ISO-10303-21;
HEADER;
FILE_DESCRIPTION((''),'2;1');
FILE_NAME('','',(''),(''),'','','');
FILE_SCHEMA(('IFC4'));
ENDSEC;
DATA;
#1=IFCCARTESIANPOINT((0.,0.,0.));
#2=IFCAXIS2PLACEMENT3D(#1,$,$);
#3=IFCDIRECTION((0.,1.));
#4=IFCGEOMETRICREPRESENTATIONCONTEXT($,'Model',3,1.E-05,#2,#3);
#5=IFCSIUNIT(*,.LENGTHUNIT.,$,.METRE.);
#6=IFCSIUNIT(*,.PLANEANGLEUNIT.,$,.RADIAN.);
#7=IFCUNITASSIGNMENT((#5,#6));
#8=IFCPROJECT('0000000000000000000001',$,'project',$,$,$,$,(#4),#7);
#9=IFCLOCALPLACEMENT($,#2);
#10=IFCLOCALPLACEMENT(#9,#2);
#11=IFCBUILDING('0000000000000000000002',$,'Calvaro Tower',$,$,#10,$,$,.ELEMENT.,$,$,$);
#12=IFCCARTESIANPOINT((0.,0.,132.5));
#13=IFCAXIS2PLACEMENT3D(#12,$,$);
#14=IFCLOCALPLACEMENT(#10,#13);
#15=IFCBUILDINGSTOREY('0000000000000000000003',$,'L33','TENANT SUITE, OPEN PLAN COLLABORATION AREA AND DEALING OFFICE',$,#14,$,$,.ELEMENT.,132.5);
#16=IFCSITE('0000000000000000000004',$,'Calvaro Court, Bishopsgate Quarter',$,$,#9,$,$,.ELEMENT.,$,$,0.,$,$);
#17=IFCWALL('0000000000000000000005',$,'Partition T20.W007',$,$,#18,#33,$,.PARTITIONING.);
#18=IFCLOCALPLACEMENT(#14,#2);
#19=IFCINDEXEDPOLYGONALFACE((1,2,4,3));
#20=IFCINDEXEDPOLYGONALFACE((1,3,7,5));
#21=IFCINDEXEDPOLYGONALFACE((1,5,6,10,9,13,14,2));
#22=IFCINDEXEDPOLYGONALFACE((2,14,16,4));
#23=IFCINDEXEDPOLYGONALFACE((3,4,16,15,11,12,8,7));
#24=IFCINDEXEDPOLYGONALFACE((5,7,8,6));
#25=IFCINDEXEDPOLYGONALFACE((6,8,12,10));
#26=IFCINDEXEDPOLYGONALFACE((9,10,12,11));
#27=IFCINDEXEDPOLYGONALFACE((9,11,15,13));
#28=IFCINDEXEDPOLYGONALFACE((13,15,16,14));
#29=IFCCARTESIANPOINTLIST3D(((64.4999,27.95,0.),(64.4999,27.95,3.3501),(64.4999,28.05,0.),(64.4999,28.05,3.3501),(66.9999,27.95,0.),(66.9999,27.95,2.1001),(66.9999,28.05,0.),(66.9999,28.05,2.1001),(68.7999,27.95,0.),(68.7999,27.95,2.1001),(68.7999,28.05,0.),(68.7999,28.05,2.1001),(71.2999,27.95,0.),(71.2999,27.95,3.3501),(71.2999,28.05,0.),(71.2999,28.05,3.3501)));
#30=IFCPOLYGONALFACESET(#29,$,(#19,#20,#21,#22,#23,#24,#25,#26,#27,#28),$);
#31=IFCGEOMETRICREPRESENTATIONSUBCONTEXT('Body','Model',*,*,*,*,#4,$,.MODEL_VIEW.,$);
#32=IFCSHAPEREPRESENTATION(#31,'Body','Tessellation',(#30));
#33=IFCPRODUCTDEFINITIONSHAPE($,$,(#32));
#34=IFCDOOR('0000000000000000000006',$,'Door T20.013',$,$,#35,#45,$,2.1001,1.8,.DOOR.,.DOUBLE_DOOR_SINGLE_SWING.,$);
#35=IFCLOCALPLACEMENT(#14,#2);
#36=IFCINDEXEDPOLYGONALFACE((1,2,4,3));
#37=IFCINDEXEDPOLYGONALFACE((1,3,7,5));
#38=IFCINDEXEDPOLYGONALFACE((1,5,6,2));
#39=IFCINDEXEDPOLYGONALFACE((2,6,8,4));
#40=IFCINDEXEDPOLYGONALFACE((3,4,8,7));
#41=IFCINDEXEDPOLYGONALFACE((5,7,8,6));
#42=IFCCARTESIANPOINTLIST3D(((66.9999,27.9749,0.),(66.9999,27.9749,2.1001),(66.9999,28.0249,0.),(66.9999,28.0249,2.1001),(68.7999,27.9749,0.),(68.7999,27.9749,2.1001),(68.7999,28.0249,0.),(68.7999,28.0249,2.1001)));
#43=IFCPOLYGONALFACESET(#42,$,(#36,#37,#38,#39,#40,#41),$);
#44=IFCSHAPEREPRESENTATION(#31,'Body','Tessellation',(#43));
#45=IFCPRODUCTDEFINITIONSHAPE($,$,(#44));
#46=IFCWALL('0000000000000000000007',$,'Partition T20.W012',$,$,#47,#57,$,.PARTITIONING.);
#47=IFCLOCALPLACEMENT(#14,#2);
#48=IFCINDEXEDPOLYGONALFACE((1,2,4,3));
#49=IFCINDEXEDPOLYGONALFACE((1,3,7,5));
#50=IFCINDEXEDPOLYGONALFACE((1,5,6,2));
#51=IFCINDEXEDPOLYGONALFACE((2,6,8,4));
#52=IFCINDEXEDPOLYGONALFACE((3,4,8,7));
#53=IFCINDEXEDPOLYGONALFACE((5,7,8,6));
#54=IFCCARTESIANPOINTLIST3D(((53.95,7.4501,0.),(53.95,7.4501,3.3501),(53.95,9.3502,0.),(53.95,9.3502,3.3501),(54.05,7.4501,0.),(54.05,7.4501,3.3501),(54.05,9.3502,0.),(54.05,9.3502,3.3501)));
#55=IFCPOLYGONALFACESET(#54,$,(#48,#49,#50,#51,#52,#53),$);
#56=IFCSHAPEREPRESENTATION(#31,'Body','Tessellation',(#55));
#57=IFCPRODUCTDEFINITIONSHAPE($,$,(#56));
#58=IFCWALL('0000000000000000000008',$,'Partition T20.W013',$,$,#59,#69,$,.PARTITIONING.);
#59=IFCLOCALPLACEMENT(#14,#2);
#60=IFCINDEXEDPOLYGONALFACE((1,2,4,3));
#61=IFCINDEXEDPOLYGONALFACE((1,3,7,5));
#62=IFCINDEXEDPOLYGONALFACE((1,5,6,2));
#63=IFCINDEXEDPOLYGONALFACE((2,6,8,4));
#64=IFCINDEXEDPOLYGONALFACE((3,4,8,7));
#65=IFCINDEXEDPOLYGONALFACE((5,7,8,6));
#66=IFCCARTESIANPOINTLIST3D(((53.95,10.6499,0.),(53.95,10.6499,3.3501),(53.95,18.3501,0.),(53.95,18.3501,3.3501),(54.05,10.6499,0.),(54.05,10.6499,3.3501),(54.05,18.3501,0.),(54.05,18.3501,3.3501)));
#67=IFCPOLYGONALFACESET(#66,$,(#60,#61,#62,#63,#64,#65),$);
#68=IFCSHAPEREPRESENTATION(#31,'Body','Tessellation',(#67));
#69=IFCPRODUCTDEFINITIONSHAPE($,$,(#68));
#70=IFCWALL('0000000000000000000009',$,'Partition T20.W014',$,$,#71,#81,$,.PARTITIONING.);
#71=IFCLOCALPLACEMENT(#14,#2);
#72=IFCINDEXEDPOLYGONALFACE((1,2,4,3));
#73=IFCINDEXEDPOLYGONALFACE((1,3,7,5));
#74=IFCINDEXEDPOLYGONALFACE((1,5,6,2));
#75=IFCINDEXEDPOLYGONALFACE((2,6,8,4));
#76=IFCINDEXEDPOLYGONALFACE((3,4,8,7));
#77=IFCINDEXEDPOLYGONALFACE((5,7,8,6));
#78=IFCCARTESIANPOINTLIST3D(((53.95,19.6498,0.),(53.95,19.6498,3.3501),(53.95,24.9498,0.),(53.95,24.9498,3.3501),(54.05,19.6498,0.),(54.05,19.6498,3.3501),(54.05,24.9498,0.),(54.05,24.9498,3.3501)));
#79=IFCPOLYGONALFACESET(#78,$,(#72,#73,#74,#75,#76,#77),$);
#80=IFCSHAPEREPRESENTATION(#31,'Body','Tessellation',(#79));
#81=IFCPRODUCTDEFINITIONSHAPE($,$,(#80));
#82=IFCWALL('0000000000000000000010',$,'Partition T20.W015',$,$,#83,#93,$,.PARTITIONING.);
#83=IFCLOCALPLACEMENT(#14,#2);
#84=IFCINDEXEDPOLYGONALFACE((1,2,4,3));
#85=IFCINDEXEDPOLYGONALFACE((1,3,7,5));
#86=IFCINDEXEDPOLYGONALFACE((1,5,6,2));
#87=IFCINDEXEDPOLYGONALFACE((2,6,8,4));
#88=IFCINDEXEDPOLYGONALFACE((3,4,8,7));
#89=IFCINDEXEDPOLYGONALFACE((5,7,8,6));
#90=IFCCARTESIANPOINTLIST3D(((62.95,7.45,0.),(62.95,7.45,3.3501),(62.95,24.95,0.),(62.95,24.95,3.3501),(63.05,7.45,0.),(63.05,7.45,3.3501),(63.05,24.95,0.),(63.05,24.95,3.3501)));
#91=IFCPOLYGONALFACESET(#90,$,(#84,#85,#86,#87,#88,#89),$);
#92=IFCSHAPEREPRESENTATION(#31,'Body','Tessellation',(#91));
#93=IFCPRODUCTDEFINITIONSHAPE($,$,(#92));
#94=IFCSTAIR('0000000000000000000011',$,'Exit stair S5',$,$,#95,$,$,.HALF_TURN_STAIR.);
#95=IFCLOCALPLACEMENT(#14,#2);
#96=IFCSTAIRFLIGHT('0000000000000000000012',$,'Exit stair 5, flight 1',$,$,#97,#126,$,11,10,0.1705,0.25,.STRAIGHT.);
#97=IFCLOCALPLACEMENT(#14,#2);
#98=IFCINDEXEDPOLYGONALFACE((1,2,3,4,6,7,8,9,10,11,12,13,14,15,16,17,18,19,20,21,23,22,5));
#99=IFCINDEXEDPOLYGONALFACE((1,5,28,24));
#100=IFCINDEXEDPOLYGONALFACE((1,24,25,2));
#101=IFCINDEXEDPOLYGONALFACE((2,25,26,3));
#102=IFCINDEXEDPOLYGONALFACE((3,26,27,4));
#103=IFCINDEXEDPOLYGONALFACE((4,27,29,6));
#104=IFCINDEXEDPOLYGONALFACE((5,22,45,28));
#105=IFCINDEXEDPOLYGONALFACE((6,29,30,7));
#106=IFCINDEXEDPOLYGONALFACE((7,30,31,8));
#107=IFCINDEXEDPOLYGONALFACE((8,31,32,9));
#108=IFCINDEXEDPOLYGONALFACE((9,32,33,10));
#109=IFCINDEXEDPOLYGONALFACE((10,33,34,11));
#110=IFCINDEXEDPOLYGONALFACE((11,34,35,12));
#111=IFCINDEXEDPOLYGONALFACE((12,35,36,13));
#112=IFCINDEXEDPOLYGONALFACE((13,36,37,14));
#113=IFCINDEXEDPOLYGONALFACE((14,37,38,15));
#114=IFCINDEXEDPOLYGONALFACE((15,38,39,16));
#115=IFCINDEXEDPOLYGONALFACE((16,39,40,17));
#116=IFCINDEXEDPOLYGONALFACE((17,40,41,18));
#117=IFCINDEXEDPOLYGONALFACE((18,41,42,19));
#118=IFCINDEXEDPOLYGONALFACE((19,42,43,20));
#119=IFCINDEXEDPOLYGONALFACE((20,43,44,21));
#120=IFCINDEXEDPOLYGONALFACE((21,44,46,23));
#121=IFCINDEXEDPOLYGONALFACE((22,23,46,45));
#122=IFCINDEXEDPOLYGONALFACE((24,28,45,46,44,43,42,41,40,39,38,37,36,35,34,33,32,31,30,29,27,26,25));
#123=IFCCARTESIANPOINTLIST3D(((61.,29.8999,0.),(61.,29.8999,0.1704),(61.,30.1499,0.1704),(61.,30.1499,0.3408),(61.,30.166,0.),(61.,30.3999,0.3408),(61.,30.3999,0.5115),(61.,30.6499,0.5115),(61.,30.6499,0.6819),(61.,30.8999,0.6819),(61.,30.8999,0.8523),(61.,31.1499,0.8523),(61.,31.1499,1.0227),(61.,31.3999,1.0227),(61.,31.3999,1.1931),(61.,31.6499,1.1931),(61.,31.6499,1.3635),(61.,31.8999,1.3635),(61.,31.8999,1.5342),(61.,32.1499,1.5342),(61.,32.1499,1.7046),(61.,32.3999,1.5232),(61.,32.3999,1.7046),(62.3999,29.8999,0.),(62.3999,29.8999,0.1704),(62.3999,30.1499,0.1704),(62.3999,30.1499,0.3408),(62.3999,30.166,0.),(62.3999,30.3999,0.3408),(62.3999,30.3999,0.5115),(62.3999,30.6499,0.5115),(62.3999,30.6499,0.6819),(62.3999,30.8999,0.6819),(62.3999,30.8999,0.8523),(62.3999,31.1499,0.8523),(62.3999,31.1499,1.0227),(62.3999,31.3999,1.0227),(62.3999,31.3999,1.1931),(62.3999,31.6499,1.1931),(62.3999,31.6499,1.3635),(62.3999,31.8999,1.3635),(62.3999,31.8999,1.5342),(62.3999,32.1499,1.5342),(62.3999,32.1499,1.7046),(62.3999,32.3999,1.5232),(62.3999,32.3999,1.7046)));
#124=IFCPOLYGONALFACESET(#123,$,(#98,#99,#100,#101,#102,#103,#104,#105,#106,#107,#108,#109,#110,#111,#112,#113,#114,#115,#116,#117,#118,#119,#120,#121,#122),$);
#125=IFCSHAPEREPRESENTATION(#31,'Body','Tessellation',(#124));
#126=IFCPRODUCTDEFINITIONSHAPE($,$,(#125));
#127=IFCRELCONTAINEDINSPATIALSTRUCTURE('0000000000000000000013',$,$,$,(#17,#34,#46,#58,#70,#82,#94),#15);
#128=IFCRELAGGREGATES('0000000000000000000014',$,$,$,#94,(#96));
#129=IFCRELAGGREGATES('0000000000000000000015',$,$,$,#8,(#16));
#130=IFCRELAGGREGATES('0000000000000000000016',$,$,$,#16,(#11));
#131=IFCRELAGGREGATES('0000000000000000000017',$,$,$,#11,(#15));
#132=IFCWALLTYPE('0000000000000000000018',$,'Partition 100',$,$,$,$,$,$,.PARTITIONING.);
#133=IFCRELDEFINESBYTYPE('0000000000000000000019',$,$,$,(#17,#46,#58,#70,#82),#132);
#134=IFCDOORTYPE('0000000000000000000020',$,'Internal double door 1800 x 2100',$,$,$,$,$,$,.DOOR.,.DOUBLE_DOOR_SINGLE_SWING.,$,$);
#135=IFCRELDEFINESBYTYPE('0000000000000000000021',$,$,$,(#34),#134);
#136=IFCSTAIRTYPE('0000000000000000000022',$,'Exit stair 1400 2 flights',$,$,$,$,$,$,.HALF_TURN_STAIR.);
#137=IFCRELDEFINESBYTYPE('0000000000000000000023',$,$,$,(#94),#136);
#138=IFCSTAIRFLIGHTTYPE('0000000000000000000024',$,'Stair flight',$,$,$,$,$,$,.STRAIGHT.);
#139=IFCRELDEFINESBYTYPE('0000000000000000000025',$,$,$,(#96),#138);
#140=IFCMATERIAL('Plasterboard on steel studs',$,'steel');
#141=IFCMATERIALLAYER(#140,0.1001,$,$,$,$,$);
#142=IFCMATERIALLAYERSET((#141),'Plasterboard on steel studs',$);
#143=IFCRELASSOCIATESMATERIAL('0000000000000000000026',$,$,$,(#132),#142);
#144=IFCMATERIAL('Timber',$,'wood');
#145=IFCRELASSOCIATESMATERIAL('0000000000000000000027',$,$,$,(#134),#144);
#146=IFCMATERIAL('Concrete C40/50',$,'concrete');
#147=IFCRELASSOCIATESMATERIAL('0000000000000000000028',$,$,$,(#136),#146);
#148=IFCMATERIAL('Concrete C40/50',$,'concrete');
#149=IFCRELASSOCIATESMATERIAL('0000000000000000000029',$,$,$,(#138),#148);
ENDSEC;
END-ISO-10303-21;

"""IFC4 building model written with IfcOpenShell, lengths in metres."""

from ifc_helpers import new_model, si_unit, direction, frame, frame_2d, origin, place, context, subcontext, project, spatial, polyline, rectangle, outline, extrude, material, layer, layer_set, type_object, element, fill, aggregate, save


model = new_model("IFC4")

# Units and contexts
model_context = context("Model", 3, precision=1e-05, world=origin(), true_north=direction((0.0, 1.0)))
body_context = subcontext(model_context, "Body", "Model", "MODEL_VIEW")
ifc_project = project(units=[si_unit("LENGTHUNIT", "METRE"), si_unit("PLANEANGLEUNIT", "RADIAN")], contexts=[model_context])

# Site, building, storey
site_placement = place(None, origin())
site = spatial("IfcSite", under=ifc_project, at=site_placement, Name="Calvaro Court, Bishopsgate Quarter", CompositionType="ELEMENT", RefElevation=0.0)
building_placement = place(site_placement, origin())
building = spatial("IfcBuilding", under=site, at=building_placement, Name="Calvaro Tower", CompositionType="ELEMENT")
storey_placement = place(building_placement, frame((0.0, 0.0, 132.5)))
storey = spatial("IfcBuildingStorey", under=building, at=storey_placement, Name="L33", Description="TENANT SUITE, OPEN PLAN COLLABORATION AREA AND DEALING OFFICE", CompositionType="ELEMENT", Elevation=132.5)

# Wall, opening, door
ifc_material_1 = material(Name="Plasterboard on steel studs", Category="steel")
ifc_layer_1 = layer(ifc_material_1, 0.1001)
ifc_layer_set_1 = layer_set([ifc_layer_1], Name="Plasterboard on steel studs")
wall_type_1 = type_object("IfcWallType", Name="Partition 100", PredefinedType="PARTITIONING", material=ifc_layer_set_1)
wall_1_placement = place(storey_placement, frame((64.5, 28.0, 0.0), z_axis=(0.0, 0.0, 1.0), x_axis=(1.0, 0.0, 0.0)))
wall_1 = element("IfcWall", 1, at=wall_1_placement, inside=storey, type_object=wall_type_1, Name="Partition T20.W007", PredefinedType="PARTITIONING", context=body_context, shape_type="SweptSolid", body=[
    extrude(rectangle(XDim=6.8, YDim=0.1001, at=frame_2d((3.3999, 0.0))), origin(), (0.0, 0.0, 1.0), 3.3501),
])
opening_1_placement = place(wall_1_placement, frame((2.5, 0.0, 0.0)))
opening_1 = element("IfcOpeningElement", 2, at=opening_1_placement, cuts=wall_1, PredefinedType="OPENING", context=body_context, shape_type="SweptSolid", body=[
    extrude(rectangle(XDim=1.8, YDim=2.1001, at=frame_2d((0.8999, 1.05))), frame((0.0, 0.0601, 0.0), z_axis=(0.0, -1.0, 0.0), x_axis=(1.0, 0.0, 0.0)), (0.0, 0.0, 1.0), 0.1201),
])
ifc_material_2 = material(Name="Timber", Category="wood")
door_type_1 = type_object("IfcDoorType", Name="Internal double door 1800 x 2100", OperationType="DOUBLE_DOOR_SINGLE_SWING", PredefinedType="DOOR", material=ifc_material_2)
door_1_placement = place(opening_1_placement, origin())
door_1 = element("IfcDoor", 3, at=door_1_placement, inside=storey, type_object=door_type_1, Name="Door T20.013", OperationType="DOUBLE_DOOR_SINGLE_SWING", OverallHeight=2.1001, OverallWidth=1.8, PredefinedType="DOOR", context=body_context, shape_type="SweptSolid", body=[
    extrude(rectangle(XDim=1.8, YDim=2.1001, at=frame_2d((0.8999, 1.05))), frame((0.0, 0.0249, 0.0), z_axis=(0.0, -1.0, 0.0), x_axis=(1.0, 0.0, 0.0)), (0.0, 0.0, 1.0), 0.05),
])
fill(opening_1, door_1)

# Walls
wall_2_placement = place(storey_placement, frame((54.0, 7.45, 0.0), z_axis=(0.0, 0.0, 1.0), x_axis=(0.0, 1.0, 0.0)))
element("IfcWall", 4, at=wall_2_placement, inside=storey, type_object=wall_type_1, Name="Partition T20.W012", PredefinedType="PARTITIONING", context=body_context, shape_type="SweptSolid", body=[
    extrude(rectangle(XDim=1.9001, YDim=0.1001, at=frame_2d((0.9502, 0.0))), origin(), (0.0, 0.0, 1.0), 3.3501),
])
wall_3_placement = place(storey_placement, frame((54.0, 10.6499, 0.0), z_axis=(0.0, 0.0, 1.0), x_axis=(0.0, 1.0, 0.0)))
element("IfcWall", 5, at=wall_3_placement, inside=storey, type_object=wall_type_1, Name="Partition T20.W013", PredefinedType="PARTITIONING", context=body_context, shape_type="SweptSolid", body=[
    extrude(rectangle(XDim=7.7002, YDim=0.1001, at=frame_2d((3.8501, 0.0))), origin(), (0.0, 0.0, 1.0), 3.3501),
])
wall_4_placement = place(storey_placement, frame((54.0, 19.6499, 0.0), z_axis=(0.0, 0.0, 1.0), x_axis=(0.0, 1.0, 0.0)))
element("IfcWall", 6, at=wall_4_placement, inside=storey, type_object=wall_type_1, Name="Partition T20.W014", PredefinedType="PARTITIONING", context=body_context, shape_type="SweptSolid", body=[
    extrude(rectangle(XDim=5.3, YDim=0.1001, at=frame_2d((2.6499, 0.0))), origin(), (0.0, 0.0, 1.0), 3.3501),
])
wall_5_placement = place(storey_placement, frame((63.0, 7.45, 0.0), z_axis=(0.0, 0.0, 1.0), x_axis=(0.0, 1.0, 0.0)))
element("IfcWall", 7, at=wall_5_placement, inside=storey, type_object=wall_type_1, Name="Partition T20.W015", PredefinedType="PARTITIONING", context=body_context, shape_type="SweptSolid", body=[
    extrude(rectangle(XDim=17.5, YDim=0.1001, at=frame_2d((8.75, 0.0))), origin(), (0.0, 0.0, 1.0), 3.3501),
])

# Stair, stair flight
ifc_material_3 = material(Name="Concrete C40/50", Category="concrete")
stair_type = type_object("IfcStairType", Name="Exit stair 1400 2 flights", PredefinedType="HALF_TURN_STAIR", material=ifc_material_3)
stair_placement = place(storey_placement, origin())
stair = element("IfcStair", 8, at=stair_placement, inside=storey, type_object=stair_type, Name="Exit stair S5", PredefinedType="HALF_TURN_STAIR")
ifc_material_4 = material(Name="Concrete C40/50", Category="concrete")
stair_flight_type = type_object("IfcStairFlightType", Name="Stair flight", PredefinedType="STRAIGHT", material=ifc_material_4)
stair_flight_placement = place(storey_placement, frame((61.7, 29.8999, 0.0), z_axis=(0.0, 0.0, 1.0), x_axis=(0.0, 1.0, 0.0)))
stair_flight = element("IfcStairFlight", 9, at=stair_flight_placement, type_object=stair_flight_type, Name="Exit stair 5, flight 1", NumberOfRisers=11, NumberOfTreads=10, PredefinedType="STRAIGHT", RiserHeight=0.1705, TreadLength=0.25, context=body_context, shape_type="SweptSolid", body=[
    extrude(outline(polyline([(0.0, 0.0), (0.0, 0.1704), (0.25, 0.1704), (0.25, 0.3408), (0.5, 0.3408), (0.5, 0.5115), (0.75, 0.5115), (0.75, 0.6819), (1.0, 0.6819), (1.0, 0.8523), (1.25, 0.8523), (1.25, 1.0227), (1.5, 1.0227), (1.5, 1.1931), (1.75, 1.1931), (1.75, 1.3635), (2.0, 1.3635), (2.0, 1.5342), (2.25, 1.5342), (2.25, 1.7046), (2.5, 1.7046), (2.5, 1.875), (2.5, 1.5232), (0.2661, 0.0), (0.0, 0.0)])), frame((0.0, 0.7, 0.0), z_axis=(0.0, -1.0, 0.0), x_axis=(1.0, 0.0, 0.0)), (0.0, 0.0, 1.0), 1.3999),
])
aggregate(stair, [stair_flight])

save(model, "model.ifc")
